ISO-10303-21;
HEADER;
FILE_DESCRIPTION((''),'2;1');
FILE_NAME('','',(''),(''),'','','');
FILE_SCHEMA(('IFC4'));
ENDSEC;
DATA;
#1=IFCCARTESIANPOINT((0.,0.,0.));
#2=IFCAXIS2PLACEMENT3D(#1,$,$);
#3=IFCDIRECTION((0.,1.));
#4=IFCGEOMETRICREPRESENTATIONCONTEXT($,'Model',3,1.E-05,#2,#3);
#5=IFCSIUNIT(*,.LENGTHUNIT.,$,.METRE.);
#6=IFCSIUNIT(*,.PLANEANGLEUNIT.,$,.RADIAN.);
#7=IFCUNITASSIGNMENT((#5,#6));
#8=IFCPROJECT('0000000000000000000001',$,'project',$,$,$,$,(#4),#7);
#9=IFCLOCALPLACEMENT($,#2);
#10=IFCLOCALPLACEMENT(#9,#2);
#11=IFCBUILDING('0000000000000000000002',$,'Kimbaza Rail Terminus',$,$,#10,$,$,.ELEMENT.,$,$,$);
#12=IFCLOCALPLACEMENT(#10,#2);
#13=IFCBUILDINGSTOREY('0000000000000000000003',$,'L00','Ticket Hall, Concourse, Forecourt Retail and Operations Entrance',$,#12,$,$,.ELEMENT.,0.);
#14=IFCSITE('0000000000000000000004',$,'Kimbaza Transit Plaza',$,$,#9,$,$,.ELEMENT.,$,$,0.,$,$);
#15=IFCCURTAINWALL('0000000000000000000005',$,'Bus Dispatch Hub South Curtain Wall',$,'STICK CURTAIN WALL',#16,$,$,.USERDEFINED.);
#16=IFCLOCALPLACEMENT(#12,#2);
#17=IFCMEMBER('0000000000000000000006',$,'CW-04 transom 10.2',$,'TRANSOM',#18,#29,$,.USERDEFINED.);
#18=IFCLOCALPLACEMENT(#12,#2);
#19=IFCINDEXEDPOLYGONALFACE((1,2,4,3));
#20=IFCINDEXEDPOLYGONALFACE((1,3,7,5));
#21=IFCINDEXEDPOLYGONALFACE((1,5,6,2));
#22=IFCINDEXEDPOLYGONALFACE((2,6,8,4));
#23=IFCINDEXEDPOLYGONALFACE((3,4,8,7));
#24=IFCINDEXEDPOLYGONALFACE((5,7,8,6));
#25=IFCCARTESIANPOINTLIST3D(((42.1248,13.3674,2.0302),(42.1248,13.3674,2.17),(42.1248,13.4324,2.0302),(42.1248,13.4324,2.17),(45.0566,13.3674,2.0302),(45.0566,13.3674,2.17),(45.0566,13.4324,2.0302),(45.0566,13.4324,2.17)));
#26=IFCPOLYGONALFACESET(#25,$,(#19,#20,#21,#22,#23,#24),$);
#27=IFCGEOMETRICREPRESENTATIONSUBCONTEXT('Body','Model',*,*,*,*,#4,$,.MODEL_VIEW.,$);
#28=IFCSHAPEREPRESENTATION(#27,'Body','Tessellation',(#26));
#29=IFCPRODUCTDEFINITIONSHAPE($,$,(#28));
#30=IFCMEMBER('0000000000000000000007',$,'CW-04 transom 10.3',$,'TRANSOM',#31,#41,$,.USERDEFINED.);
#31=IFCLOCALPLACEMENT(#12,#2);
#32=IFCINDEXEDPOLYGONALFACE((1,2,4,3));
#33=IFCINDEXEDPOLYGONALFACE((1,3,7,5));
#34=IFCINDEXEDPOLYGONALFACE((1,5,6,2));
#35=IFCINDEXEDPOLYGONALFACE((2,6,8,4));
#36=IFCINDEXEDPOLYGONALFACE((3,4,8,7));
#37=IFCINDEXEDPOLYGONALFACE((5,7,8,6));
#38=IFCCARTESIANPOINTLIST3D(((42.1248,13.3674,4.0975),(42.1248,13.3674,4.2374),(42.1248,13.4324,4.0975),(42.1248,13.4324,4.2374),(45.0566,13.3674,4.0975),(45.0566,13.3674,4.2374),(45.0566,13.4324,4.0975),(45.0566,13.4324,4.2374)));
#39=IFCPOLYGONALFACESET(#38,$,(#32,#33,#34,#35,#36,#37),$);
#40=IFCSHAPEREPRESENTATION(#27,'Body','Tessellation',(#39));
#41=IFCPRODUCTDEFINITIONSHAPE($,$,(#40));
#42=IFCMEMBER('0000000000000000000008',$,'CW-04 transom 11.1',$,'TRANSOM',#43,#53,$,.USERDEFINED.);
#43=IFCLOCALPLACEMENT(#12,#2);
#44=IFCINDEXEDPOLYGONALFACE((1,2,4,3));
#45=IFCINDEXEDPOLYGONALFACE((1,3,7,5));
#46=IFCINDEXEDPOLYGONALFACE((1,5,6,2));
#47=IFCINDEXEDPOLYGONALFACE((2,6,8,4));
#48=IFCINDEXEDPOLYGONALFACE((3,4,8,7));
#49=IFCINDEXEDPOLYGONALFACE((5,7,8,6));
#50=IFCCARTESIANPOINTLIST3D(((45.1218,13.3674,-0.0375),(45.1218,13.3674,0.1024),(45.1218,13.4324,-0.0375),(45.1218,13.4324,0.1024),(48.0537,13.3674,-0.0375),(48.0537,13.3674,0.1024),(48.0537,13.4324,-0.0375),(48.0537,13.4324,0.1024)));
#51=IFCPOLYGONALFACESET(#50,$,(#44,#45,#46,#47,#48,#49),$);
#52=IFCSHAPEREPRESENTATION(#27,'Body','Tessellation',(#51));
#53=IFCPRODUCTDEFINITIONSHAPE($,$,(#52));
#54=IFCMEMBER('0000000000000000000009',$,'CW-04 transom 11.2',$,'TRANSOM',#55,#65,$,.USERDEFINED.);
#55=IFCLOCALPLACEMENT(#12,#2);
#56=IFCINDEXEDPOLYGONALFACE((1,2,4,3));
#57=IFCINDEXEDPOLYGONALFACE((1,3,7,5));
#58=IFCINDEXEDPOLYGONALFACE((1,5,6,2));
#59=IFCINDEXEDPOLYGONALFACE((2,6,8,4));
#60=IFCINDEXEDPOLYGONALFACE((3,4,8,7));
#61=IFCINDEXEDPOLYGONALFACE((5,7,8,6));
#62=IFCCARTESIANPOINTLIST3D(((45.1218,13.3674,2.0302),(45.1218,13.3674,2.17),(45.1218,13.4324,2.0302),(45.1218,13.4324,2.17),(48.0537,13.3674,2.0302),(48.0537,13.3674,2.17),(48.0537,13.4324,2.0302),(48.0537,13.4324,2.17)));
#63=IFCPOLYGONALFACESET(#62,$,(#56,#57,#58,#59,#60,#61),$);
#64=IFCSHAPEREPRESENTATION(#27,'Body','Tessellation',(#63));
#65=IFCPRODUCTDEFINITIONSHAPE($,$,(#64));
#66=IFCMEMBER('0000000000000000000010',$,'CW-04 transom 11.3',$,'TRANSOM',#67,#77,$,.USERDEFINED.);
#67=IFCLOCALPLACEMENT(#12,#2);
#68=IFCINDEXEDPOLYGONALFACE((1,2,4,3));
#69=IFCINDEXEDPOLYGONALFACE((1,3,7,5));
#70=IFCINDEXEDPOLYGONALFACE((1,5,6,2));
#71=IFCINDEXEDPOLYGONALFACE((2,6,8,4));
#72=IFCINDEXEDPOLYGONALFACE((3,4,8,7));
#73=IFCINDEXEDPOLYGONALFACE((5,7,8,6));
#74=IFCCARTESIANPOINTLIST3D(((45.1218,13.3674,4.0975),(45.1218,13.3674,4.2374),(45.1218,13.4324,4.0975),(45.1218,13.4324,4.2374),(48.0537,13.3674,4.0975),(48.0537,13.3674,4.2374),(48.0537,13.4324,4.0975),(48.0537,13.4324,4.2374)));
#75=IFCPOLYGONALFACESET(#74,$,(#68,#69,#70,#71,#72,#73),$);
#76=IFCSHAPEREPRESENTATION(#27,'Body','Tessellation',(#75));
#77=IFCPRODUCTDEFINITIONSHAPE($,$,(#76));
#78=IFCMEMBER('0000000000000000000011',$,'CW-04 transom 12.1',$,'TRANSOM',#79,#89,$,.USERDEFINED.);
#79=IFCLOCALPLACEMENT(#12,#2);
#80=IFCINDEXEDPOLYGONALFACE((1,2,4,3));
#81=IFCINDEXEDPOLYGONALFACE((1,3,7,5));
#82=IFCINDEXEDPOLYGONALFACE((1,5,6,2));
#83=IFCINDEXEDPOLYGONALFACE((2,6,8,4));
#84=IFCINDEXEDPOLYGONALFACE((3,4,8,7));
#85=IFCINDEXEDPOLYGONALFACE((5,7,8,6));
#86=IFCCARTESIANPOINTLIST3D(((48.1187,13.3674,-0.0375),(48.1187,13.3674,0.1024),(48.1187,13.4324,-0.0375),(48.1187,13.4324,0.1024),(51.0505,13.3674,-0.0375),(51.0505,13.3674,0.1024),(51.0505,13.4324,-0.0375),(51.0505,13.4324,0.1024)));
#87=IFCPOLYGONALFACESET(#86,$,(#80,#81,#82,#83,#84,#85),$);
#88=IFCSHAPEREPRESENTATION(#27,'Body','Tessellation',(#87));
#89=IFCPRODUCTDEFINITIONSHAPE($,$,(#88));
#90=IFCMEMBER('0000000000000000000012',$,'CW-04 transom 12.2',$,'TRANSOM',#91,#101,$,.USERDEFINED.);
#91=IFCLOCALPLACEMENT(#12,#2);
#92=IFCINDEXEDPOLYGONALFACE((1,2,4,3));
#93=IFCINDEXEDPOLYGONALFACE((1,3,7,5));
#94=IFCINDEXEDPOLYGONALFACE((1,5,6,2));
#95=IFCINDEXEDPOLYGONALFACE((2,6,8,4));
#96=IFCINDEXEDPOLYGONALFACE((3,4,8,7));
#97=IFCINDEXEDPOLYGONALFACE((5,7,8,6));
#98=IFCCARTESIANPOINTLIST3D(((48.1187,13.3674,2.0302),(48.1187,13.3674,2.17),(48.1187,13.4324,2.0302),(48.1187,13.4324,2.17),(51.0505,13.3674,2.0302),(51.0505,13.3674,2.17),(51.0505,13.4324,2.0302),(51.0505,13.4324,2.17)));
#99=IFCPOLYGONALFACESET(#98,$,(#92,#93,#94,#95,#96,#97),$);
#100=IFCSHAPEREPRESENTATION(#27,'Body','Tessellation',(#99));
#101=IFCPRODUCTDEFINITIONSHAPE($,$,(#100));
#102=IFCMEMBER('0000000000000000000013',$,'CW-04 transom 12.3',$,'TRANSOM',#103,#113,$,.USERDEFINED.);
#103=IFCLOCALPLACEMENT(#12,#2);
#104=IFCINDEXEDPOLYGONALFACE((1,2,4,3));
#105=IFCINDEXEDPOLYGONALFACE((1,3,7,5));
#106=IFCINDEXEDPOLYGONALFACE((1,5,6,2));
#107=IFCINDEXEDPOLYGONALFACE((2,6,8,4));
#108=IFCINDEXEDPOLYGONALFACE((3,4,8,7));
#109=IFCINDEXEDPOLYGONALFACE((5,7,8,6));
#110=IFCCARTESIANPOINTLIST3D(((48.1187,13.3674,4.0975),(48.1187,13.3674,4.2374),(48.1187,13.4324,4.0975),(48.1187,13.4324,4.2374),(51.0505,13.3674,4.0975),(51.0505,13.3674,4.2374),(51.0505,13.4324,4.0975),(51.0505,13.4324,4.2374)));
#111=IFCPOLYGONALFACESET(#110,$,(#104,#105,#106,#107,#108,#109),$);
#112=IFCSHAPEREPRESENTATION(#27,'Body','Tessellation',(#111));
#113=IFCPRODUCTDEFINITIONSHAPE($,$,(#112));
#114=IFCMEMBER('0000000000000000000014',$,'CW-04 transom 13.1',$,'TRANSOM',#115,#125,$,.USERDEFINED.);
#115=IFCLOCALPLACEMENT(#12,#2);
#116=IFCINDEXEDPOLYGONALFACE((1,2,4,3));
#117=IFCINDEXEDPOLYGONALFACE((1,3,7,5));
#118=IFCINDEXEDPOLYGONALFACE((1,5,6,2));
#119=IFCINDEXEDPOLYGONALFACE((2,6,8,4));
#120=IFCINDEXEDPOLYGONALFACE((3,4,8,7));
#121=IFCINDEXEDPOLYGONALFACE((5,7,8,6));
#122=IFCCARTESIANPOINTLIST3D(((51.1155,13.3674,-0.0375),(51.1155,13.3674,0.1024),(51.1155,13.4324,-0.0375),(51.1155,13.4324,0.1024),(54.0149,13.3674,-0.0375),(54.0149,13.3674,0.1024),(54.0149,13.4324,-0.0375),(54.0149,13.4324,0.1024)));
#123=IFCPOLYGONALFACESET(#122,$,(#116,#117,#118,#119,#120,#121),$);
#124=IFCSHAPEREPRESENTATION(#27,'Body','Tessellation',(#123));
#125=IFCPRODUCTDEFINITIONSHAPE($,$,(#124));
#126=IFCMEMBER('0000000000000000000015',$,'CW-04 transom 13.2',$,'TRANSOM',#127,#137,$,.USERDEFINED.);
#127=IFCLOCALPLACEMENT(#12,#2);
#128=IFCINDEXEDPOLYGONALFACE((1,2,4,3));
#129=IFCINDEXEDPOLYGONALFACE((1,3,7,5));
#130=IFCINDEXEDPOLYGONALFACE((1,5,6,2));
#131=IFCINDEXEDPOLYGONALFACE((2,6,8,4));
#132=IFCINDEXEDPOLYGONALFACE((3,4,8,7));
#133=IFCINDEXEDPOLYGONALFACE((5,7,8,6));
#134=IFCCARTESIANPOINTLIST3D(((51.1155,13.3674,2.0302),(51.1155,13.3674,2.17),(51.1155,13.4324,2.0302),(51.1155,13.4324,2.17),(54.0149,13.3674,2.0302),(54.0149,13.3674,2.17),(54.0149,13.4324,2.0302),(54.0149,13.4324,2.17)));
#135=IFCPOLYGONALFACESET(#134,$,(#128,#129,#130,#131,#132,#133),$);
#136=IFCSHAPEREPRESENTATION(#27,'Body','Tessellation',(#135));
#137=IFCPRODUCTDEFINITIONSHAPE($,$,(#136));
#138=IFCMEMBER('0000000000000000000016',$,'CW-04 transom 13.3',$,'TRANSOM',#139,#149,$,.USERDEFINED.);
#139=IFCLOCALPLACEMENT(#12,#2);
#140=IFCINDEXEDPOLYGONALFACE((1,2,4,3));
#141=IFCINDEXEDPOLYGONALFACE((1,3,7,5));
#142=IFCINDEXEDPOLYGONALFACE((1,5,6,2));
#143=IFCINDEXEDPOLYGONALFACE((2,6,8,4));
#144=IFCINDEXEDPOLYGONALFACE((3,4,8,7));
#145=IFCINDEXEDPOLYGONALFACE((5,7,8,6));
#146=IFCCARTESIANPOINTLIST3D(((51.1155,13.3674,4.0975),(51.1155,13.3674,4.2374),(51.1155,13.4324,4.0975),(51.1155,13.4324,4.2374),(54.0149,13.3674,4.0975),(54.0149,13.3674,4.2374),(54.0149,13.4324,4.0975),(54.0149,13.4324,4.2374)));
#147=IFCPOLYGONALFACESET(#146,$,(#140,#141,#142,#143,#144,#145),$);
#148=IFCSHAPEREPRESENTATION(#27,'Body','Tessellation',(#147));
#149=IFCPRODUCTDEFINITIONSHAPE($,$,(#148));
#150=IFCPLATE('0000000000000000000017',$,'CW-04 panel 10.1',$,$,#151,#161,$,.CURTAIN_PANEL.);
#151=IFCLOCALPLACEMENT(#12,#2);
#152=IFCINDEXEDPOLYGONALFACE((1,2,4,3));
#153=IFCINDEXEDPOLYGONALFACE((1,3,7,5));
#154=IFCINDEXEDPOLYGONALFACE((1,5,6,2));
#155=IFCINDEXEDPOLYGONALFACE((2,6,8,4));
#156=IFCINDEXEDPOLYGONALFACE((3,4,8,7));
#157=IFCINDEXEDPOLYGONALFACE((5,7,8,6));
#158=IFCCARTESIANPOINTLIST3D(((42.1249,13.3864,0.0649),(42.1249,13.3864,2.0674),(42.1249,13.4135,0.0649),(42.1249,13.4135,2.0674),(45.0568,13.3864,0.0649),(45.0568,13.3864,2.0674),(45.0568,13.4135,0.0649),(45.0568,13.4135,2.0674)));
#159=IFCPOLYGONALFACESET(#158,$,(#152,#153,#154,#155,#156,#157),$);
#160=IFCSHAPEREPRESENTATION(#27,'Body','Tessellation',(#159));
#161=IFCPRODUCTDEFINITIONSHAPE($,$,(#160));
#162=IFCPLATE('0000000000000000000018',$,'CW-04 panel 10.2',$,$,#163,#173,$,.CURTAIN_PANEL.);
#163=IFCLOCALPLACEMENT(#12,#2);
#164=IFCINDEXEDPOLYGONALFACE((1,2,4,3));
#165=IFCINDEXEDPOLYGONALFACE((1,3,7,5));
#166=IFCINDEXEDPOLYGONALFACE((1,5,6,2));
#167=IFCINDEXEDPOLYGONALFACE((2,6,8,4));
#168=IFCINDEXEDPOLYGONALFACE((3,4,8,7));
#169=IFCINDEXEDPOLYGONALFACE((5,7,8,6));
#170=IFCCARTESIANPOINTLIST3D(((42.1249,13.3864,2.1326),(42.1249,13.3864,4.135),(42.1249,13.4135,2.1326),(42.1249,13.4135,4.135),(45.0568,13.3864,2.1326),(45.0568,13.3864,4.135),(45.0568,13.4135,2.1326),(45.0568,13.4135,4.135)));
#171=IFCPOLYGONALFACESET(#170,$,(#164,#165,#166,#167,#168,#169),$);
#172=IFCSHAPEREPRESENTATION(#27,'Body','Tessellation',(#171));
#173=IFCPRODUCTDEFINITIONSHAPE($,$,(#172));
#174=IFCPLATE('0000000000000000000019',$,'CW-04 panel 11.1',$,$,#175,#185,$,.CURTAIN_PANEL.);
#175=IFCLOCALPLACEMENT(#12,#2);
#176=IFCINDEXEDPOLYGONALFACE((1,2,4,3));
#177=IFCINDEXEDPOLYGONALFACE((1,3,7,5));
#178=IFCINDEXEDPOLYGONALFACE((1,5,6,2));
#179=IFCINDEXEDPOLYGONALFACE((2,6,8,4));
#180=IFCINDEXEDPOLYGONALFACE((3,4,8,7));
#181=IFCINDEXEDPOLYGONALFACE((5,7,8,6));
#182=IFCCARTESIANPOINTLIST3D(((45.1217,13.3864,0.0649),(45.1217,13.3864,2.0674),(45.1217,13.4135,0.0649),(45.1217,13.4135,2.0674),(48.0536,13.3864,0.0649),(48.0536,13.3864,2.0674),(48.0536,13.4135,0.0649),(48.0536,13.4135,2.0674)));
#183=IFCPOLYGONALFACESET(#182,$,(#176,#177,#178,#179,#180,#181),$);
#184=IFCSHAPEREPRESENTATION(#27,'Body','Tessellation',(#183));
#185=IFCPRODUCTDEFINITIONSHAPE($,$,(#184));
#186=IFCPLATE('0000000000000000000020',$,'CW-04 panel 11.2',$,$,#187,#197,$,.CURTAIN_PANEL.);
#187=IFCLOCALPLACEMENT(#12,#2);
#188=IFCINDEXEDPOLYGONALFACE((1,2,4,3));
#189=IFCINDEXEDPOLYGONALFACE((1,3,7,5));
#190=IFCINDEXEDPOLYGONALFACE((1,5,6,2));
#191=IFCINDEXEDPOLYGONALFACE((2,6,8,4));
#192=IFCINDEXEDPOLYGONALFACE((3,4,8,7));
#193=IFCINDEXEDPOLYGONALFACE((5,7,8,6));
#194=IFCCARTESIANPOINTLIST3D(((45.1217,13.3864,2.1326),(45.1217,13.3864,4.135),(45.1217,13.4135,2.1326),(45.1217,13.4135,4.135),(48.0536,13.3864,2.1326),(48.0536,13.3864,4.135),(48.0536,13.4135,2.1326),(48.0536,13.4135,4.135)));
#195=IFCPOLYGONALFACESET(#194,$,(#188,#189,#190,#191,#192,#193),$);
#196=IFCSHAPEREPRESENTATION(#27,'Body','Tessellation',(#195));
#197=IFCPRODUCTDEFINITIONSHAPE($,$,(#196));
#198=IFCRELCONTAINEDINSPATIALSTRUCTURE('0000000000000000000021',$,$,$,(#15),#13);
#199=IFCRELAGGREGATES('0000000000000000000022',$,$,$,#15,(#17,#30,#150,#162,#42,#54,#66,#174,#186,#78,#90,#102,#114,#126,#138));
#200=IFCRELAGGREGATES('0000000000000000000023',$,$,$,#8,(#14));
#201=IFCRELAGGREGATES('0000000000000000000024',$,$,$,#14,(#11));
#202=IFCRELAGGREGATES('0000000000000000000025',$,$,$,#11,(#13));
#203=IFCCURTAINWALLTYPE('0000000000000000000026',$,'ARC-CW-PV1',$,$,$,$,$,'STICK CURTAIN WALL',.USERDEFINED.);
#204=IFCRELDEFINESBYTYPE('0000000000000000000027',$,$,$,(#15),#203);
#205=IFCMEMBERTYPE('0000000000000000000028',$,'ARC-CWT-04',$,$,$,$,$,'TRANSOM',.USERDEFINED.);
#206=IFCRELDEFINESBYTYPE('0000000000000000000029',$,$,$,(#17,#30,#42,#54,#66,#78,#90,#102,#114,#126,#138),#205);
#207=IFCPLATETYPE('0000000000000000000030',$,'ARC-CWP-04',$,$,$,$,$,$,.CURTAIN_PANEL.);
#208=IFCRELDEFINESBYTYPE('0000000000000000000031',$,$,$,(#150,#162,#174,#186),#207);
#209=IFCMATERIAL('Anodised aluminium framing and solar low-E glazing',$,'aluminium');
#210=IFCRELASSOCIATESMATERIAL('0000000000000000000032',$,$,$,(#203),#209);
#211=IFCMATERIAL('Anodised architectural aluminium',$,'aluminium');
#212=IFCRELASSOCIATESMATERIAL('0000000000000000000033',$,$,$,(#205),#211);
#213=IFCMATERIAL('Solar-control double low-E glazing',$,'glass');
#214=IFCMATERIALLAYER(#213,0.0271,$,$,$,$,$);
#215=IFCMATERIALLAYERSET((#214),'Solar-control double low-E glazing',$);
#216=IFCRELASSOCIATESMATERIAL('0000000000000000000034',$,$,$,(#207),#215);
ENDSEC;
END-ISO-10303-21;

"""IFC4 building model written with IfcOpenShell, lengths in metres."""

from ifc_helpers import new_model, si_unit, direction, frame, origin, origin_2d, place, context, subcontext, project, spatial, rectangle, extrude, material, layer, layer_set, material_profile, profile_set, type_object, element, aggregate, save


model = new_model("IFC4")

# Units and contexts
model_context = context("Model", 3, precision=1e-05, world=origin(), true_north=direction((0.0, 1.0)))
body_context = subcontext(model_context, "Body", "Model", "MODEL_VIEW")
ifc_project = project(units=[si_unit("LENGTHUNIT", "METRE"), si_unit("PLANEANGLEUNIT", "RADIAN")], contexts=[model_context])

# Site, building, storey
site_placement = place(None, origin())
site = spatial("IfcSite", under=ifc_project, at=site_placement, Name="Kimbaza Transit Plaza", CompositionType="ELEMENT", RefElevation=0.0)
building_placement = place(site_placement, origin())
building = spatial("IfcBuilding", under=site, at=building_placement, Name="Kimbaza Rail Terminus", CompositionType="ELEMENT")
storey_placement = place(building_placement, origin())
storey = spatial("IfcBuildingStorey", under=building, at=storey_placement, Name="L00", Description="Ticket Hall, Concourse, Forecourt Retail and Operations Entrance", CompositionType="ELEMENT", Elevation=0.0)

# Curtain wall, members, plates
ifc_material_1 = material(Name="Anodised aluminium framing and solar low-E glazing", Category="aluminium")
curtain_wall_type = type_object("IfcCurtainWallType", Name="ARC-CW-PV1", ElementType="STICK CURTAIN WALL", PredefinedType="USERDEFINED", material=ifc_material_1)
curtain_wall_placement = place(storey_placement, origin())
curtain_wall = element("IfcCurtainWall", 1, at=curtain_wall_placement, inside=storey, type_object=curtain_wall_type, Name="Bus Dispatch Hub South Curtain Wall", ObjectType="STICK CURTAIN WALL", PredefinedType="USERDEFINED")
ifc_material_2 = material(Name="Anodised architectural aluminium", Category="aluminium")
ifc_material_profile_1 = material_profile(ifc_material_2, rectangle(XDim=0.0649, YDim=0.1399, at=origin_2d()), Name="TRANSOM 65x140")
ifc_profile_set_1 = profile_set([ifc_material_profile_1], Name="Anodised architectural aluminium")
member_type_1 = type_object("IfcMemberType", Name="ARC-CWT-04", ElementType="TRANSOM", PredefinedType="USERDEFINED", material=ifc_profile_set_1)
member_1_placement = place(storey_placement, frame((42.1248, 13.3999, 2.1001), z_axis=(1.0, 0.0, 0.0), x_axis=(0.0, 1.0, 0.0)))
member_1 = element("IfcMember", 2, at=member_1_placement, type_object=member_type_1, Name="CW-04 transom 10.2", ObjectType="TRANSOM", PredefinedType="USERDEFINED", context=body_context, shape_type="SweptSolid", body=[
    extrude(rectangle(XDim=0.0649, YDim=0.1399, at=origin_2d()), origin(), (0.0, 0.0, 1.0), 2.9319),
])
member_2_placement = place(storey_placement, frame((42.1248, 13.3999, 4.1675), z_axis=(1.0, 0.0, 0.0), x_axis=(0.0, 1.0, 0.0)))
member_2 = element("IfcMember", 3, at=member_2_placement, type_object=member_type_1, Name="CW-04 transom 10.3", ObjectType="TRANSOM", PredefinedType="USERDEFINED", context=body_context, shape_type="SweptSolid", body=[
    extrude(rectangle(XDim=0.0649, YDim=0.1399, at=origin_2d()), origin(), (0.0, 0.0, 1.0), 2.9319),
])
member_3_placement = place(storey_placement, frame((45.1218, 13.3999, 0.0325), z_axis=(1.0, 0.0, 0.0), x_axis=(0.0, 1.0, 0.0)))
member_3 = element("IfcMember", 4, at=member_3_placement, type_object=member_type_1, Name="CW-04 transom 11.1", ObjectType="TRANSOM", PredefinedType="USERDEFINED", context=body_context, shape_type="SweptSolid", body=[
    extrude(rectangle(XDim=0.0649, YDim=0.1399, at=origin_2d()), origin(), (0.0, 0.0, 1.0), 2.9319),
])
member_4_placement = place(storey_placement, frame((45.1218, 13.3999, 2.1001), z_axis=(1.0, 0.0, 0.0), x_axis=(0.0, 1.0, 0.0)))
member_4 = element("IfcMember", 5, at=member_4_placement, type_object=member_type_1, Name="CW-04 transom 11.2", ObjectType="TRANSOM", PredefinedType="USERDEFINED", context=body_context, shape_type="SweptSolid", body=[
    extrude(rectangle(XDim=0.0649, YDim=0.1399, at=origin_2d()), origin(), (0.0, 0.0, 1.0), 2.9319),
])
member_5_placement = place(storey_placement, frame((45.1218, 13.3999, 4.1675), z_axis=(1.0, 0.0, 0.0), x_axis=(0.0, 1.0, 0.0)))
member_5 = element("IfcMember", 6, at=member_5_placement, type_object=member_type_1, Name="CW-04 transom 11.3", ObjectType="TRANSOM", PredefinedType="USERDEFINED", context=body_context, shape_type="SweptSolid", body=[
    extrude(rectangle(XDim=0.0649, YDim=0.1399, at=origin_2d()), origin(), (0.0, 0.0, 1.0), 2.9319),
])
member_6_placement = place(storey_placement, frame((48.1187, 13.3999, 0.0325), z_axis=(1.0, 0.0, 0.0), x_axis=(0.0, 1.0, 0.0)))
member_6 = element("IfcMember", 7, at=member_6_placement, type_object=member_type_1, Name="CW-04 transom 12.1", ObjectType="TRANSOM", PredefinedType="USERDEFINED", context=body_context, shape_type="SweptSolid", body=[
    extrude(rectangle(XDim=0.0649, YDim=0.1399, at=origin_2d()), origin(), (0.0, 0.0, 1.0), 2.9319),
])
member_7_placement = place(storey_placement, frame((48.1187, 13.3999, 2.1001), z_axis=(1.0, 0.0, 0.0), x_axis=(0.0, 1.0, 0.0)))
member_7 = element("IfcMember", 8, at=member_7_placement, type_object=member_type_1, Name="CW-04 transom 12.2", ObjectType="TRANSOM", PredefinedType="USERDEFINED", context=body_context, shape_type="SweptSolid", body=[
    extrude(rectangle(XDim=0.0649, YDim=0.1399, at=origin_2d()), origin(), (0.0, 0.0, 1.0), 2.9319),
])
member_8_placement = place(storey_placement, frame((48.1187, 13.3999, 4.1675), z_axis=(1.0, 0.0, 0.0), x_axis=(0.0, 1.0, 0.0)))
member_8 = element("IfcMember", 9, at=member_8_placement, type_object=member_type_1, Name="CW-04 transom 12.3", ObjectType="TRANSOM", PredefinedType="USERDEFINED", context=body_context, shape_type="SweptSolid", body=[
    extrude(rectangle(XDim=0.0649, YDim=0.1399, at=origin_2d()), origin(), (0.0, 0.0, 1.0), 2.9319),
])
member_9_placement = place(storey_placement, frame((51.1155, 13.3999, 0.0325), z_axis=(1.0, 0.0, 0.0), x_axis=(0.0, 1.0, 0.0)))
member_9 = element("IfcMember", 10, at=member_9_placement, type_object=member_type_1, Name="CW-04 transom 13.1", ObjectType="TRANSOM", PredefinedType="USERDEFINED", context=body_context, shape_type="SweptSolid", body=[
    extrude(rectangle(XDim=0.0649, YDim=0.1399, at=origin_2d()), origin(), (0.0, 0.0, 1.0), 2.8994),
])
member_10_placement = place(storey_placement, frame((51.1155, 13.3999, 2.1001), z_axis=(1.0, 0.0, 0.0), x_axis=(0.0, 1.0, 0.0)))
member_10 = element("IfcMember", 11, at=member_10_placement, type_object=member_type_1, Name="CW-04 transom 13.2", ObjectType="TRANSOM", PredefinedType="USERDEFINED", context=body_context, shape_type="SweptSolid", body=[
    extrude(rectangle(XDim=0.0649, YDim=0.1399, at=origin_2d()), origin(), (0.0, 0.0, 1.0), 2.8994),
])
member_11_placement = place(storey_placement, frame((51.1155, 13.3999, 4.1675), z_axis=(1.0, 0.0, 0.0), x_axis=(0.0, 1.0, 0.0)))
member_11 = element("IfcMember", 12, at=member_11_placement, type_object=member_type_1, Name="CW-04 transom 13.3", ObjectType="TRANSOM", PredefinedType="USERDEFINED", context=body_context, shape_type="SweptSolid", body=[
    extrude(rectangle(XDim=0.0649, YDim=0.1399, at=origin_2d()), origin(), (0.0, 0.0, 1.0), 2.8994),
])
ifc_material_3 = material(Name="Solar-control double low-E glazing", Category="glass")
ifc_layer_1 = layer(ifc_material_3, 0.0271)
ifc_layer_set_1 = layer_set([ifc_layer_1], Name="Solar-control double low-E glazing")
plate_type = type_object("IfcPlateType", Name="ARC-CWP-04", PredefinedType="CURTAIN_PANEL", material=ifc_layer_set_1)
plate_1_placement = place(storey_placement, frame((43.5908, 13.3999, 0.0649), z_axis=(0.0, 0.0, 1.0), x_axis=(1.0, 0.0, 0.0)))
plate_1 = element("IfcPlate", 13, at=plate_1_placement, type_object=plate_type, Name="CW-04 panel 10.1", PredefinedType="CURTAIN_PANEL", context=body_context, shape_type="SweptSolid", body=[
    extrude(rectangle(XDim=2.9319, YDim=0.0271, at=origin_2d()), origin(), (0.0, 0.0, 1.0), 2.0024),
])
plate_2_placement = place(storey_placement, frame((43.5908, 13.3999, 2.1326), z_axis=(0.0, 0.0, 1.0), x_axis=(1.0, 0.0, 0.0)))
plate_2 = element("IfcPlate", 14, at=plate_2_placement, type_object=plate_type, Name="CW-04 panel 10.2", PredefinedType="CURTAIN_PANEL", context=body_context, shape_type="SweptSolid", body=[
    extrude(rectangle(XDim=2.9319, YDim=0.0271, at=origin_2d()), origin(), (0.0, 0.0, 1.0), 2.0024),
])
plate_3_placement = place(storey_placement, frame((46.5876, 13.3999, 0.0649), z_axis=(0.0, 0.0, 1.0), x_axis=(1.0, 0.0, 0.0)))
plate_3 = element("IfcPlate", 15, at=plate_3_placement, type_object=plate_type, Name="CW-04 panel 11.1", PredefinedType="CURTAIN_PANEL", context=body_context, shape_type="SweptSolid", body=[
    extrude(rectangle(XDim=2.9319, YDim=0.0271, at=origin_2d()), origin(), (0.0, 0.0, 1.0), 2.0024),
])
plate_4_placement = place(storey_placement, frame((46.5876, 13.3999, 2.1326), z_axis=(0.0, 0.0, 1.0), x_axis=(1.0, 0.0, 0.0)))
plate_4 = element("IfcPlate", 16, at=plate_4_placement, type_object=plate_type, Name="CW-04 panel 11.2", PredefinedType="CURTAIN_PANEL", context=body_context, shape_type="SweptSolid", body=[
    extrude(rectangle(XDim=2.9319, YDim=0.0271, at=origin_2d()), origin(), (0.0, 0.0, 1.0), 2.0024),
])
aggregate(curtain_wall, [member_1, member_2, plate_1, plate_2, member_3, member_4, member_5, plate_3, plate_4, member_6, member_7, member_8, member_9, member_10, member_11])

save(model, "model.ifc")
